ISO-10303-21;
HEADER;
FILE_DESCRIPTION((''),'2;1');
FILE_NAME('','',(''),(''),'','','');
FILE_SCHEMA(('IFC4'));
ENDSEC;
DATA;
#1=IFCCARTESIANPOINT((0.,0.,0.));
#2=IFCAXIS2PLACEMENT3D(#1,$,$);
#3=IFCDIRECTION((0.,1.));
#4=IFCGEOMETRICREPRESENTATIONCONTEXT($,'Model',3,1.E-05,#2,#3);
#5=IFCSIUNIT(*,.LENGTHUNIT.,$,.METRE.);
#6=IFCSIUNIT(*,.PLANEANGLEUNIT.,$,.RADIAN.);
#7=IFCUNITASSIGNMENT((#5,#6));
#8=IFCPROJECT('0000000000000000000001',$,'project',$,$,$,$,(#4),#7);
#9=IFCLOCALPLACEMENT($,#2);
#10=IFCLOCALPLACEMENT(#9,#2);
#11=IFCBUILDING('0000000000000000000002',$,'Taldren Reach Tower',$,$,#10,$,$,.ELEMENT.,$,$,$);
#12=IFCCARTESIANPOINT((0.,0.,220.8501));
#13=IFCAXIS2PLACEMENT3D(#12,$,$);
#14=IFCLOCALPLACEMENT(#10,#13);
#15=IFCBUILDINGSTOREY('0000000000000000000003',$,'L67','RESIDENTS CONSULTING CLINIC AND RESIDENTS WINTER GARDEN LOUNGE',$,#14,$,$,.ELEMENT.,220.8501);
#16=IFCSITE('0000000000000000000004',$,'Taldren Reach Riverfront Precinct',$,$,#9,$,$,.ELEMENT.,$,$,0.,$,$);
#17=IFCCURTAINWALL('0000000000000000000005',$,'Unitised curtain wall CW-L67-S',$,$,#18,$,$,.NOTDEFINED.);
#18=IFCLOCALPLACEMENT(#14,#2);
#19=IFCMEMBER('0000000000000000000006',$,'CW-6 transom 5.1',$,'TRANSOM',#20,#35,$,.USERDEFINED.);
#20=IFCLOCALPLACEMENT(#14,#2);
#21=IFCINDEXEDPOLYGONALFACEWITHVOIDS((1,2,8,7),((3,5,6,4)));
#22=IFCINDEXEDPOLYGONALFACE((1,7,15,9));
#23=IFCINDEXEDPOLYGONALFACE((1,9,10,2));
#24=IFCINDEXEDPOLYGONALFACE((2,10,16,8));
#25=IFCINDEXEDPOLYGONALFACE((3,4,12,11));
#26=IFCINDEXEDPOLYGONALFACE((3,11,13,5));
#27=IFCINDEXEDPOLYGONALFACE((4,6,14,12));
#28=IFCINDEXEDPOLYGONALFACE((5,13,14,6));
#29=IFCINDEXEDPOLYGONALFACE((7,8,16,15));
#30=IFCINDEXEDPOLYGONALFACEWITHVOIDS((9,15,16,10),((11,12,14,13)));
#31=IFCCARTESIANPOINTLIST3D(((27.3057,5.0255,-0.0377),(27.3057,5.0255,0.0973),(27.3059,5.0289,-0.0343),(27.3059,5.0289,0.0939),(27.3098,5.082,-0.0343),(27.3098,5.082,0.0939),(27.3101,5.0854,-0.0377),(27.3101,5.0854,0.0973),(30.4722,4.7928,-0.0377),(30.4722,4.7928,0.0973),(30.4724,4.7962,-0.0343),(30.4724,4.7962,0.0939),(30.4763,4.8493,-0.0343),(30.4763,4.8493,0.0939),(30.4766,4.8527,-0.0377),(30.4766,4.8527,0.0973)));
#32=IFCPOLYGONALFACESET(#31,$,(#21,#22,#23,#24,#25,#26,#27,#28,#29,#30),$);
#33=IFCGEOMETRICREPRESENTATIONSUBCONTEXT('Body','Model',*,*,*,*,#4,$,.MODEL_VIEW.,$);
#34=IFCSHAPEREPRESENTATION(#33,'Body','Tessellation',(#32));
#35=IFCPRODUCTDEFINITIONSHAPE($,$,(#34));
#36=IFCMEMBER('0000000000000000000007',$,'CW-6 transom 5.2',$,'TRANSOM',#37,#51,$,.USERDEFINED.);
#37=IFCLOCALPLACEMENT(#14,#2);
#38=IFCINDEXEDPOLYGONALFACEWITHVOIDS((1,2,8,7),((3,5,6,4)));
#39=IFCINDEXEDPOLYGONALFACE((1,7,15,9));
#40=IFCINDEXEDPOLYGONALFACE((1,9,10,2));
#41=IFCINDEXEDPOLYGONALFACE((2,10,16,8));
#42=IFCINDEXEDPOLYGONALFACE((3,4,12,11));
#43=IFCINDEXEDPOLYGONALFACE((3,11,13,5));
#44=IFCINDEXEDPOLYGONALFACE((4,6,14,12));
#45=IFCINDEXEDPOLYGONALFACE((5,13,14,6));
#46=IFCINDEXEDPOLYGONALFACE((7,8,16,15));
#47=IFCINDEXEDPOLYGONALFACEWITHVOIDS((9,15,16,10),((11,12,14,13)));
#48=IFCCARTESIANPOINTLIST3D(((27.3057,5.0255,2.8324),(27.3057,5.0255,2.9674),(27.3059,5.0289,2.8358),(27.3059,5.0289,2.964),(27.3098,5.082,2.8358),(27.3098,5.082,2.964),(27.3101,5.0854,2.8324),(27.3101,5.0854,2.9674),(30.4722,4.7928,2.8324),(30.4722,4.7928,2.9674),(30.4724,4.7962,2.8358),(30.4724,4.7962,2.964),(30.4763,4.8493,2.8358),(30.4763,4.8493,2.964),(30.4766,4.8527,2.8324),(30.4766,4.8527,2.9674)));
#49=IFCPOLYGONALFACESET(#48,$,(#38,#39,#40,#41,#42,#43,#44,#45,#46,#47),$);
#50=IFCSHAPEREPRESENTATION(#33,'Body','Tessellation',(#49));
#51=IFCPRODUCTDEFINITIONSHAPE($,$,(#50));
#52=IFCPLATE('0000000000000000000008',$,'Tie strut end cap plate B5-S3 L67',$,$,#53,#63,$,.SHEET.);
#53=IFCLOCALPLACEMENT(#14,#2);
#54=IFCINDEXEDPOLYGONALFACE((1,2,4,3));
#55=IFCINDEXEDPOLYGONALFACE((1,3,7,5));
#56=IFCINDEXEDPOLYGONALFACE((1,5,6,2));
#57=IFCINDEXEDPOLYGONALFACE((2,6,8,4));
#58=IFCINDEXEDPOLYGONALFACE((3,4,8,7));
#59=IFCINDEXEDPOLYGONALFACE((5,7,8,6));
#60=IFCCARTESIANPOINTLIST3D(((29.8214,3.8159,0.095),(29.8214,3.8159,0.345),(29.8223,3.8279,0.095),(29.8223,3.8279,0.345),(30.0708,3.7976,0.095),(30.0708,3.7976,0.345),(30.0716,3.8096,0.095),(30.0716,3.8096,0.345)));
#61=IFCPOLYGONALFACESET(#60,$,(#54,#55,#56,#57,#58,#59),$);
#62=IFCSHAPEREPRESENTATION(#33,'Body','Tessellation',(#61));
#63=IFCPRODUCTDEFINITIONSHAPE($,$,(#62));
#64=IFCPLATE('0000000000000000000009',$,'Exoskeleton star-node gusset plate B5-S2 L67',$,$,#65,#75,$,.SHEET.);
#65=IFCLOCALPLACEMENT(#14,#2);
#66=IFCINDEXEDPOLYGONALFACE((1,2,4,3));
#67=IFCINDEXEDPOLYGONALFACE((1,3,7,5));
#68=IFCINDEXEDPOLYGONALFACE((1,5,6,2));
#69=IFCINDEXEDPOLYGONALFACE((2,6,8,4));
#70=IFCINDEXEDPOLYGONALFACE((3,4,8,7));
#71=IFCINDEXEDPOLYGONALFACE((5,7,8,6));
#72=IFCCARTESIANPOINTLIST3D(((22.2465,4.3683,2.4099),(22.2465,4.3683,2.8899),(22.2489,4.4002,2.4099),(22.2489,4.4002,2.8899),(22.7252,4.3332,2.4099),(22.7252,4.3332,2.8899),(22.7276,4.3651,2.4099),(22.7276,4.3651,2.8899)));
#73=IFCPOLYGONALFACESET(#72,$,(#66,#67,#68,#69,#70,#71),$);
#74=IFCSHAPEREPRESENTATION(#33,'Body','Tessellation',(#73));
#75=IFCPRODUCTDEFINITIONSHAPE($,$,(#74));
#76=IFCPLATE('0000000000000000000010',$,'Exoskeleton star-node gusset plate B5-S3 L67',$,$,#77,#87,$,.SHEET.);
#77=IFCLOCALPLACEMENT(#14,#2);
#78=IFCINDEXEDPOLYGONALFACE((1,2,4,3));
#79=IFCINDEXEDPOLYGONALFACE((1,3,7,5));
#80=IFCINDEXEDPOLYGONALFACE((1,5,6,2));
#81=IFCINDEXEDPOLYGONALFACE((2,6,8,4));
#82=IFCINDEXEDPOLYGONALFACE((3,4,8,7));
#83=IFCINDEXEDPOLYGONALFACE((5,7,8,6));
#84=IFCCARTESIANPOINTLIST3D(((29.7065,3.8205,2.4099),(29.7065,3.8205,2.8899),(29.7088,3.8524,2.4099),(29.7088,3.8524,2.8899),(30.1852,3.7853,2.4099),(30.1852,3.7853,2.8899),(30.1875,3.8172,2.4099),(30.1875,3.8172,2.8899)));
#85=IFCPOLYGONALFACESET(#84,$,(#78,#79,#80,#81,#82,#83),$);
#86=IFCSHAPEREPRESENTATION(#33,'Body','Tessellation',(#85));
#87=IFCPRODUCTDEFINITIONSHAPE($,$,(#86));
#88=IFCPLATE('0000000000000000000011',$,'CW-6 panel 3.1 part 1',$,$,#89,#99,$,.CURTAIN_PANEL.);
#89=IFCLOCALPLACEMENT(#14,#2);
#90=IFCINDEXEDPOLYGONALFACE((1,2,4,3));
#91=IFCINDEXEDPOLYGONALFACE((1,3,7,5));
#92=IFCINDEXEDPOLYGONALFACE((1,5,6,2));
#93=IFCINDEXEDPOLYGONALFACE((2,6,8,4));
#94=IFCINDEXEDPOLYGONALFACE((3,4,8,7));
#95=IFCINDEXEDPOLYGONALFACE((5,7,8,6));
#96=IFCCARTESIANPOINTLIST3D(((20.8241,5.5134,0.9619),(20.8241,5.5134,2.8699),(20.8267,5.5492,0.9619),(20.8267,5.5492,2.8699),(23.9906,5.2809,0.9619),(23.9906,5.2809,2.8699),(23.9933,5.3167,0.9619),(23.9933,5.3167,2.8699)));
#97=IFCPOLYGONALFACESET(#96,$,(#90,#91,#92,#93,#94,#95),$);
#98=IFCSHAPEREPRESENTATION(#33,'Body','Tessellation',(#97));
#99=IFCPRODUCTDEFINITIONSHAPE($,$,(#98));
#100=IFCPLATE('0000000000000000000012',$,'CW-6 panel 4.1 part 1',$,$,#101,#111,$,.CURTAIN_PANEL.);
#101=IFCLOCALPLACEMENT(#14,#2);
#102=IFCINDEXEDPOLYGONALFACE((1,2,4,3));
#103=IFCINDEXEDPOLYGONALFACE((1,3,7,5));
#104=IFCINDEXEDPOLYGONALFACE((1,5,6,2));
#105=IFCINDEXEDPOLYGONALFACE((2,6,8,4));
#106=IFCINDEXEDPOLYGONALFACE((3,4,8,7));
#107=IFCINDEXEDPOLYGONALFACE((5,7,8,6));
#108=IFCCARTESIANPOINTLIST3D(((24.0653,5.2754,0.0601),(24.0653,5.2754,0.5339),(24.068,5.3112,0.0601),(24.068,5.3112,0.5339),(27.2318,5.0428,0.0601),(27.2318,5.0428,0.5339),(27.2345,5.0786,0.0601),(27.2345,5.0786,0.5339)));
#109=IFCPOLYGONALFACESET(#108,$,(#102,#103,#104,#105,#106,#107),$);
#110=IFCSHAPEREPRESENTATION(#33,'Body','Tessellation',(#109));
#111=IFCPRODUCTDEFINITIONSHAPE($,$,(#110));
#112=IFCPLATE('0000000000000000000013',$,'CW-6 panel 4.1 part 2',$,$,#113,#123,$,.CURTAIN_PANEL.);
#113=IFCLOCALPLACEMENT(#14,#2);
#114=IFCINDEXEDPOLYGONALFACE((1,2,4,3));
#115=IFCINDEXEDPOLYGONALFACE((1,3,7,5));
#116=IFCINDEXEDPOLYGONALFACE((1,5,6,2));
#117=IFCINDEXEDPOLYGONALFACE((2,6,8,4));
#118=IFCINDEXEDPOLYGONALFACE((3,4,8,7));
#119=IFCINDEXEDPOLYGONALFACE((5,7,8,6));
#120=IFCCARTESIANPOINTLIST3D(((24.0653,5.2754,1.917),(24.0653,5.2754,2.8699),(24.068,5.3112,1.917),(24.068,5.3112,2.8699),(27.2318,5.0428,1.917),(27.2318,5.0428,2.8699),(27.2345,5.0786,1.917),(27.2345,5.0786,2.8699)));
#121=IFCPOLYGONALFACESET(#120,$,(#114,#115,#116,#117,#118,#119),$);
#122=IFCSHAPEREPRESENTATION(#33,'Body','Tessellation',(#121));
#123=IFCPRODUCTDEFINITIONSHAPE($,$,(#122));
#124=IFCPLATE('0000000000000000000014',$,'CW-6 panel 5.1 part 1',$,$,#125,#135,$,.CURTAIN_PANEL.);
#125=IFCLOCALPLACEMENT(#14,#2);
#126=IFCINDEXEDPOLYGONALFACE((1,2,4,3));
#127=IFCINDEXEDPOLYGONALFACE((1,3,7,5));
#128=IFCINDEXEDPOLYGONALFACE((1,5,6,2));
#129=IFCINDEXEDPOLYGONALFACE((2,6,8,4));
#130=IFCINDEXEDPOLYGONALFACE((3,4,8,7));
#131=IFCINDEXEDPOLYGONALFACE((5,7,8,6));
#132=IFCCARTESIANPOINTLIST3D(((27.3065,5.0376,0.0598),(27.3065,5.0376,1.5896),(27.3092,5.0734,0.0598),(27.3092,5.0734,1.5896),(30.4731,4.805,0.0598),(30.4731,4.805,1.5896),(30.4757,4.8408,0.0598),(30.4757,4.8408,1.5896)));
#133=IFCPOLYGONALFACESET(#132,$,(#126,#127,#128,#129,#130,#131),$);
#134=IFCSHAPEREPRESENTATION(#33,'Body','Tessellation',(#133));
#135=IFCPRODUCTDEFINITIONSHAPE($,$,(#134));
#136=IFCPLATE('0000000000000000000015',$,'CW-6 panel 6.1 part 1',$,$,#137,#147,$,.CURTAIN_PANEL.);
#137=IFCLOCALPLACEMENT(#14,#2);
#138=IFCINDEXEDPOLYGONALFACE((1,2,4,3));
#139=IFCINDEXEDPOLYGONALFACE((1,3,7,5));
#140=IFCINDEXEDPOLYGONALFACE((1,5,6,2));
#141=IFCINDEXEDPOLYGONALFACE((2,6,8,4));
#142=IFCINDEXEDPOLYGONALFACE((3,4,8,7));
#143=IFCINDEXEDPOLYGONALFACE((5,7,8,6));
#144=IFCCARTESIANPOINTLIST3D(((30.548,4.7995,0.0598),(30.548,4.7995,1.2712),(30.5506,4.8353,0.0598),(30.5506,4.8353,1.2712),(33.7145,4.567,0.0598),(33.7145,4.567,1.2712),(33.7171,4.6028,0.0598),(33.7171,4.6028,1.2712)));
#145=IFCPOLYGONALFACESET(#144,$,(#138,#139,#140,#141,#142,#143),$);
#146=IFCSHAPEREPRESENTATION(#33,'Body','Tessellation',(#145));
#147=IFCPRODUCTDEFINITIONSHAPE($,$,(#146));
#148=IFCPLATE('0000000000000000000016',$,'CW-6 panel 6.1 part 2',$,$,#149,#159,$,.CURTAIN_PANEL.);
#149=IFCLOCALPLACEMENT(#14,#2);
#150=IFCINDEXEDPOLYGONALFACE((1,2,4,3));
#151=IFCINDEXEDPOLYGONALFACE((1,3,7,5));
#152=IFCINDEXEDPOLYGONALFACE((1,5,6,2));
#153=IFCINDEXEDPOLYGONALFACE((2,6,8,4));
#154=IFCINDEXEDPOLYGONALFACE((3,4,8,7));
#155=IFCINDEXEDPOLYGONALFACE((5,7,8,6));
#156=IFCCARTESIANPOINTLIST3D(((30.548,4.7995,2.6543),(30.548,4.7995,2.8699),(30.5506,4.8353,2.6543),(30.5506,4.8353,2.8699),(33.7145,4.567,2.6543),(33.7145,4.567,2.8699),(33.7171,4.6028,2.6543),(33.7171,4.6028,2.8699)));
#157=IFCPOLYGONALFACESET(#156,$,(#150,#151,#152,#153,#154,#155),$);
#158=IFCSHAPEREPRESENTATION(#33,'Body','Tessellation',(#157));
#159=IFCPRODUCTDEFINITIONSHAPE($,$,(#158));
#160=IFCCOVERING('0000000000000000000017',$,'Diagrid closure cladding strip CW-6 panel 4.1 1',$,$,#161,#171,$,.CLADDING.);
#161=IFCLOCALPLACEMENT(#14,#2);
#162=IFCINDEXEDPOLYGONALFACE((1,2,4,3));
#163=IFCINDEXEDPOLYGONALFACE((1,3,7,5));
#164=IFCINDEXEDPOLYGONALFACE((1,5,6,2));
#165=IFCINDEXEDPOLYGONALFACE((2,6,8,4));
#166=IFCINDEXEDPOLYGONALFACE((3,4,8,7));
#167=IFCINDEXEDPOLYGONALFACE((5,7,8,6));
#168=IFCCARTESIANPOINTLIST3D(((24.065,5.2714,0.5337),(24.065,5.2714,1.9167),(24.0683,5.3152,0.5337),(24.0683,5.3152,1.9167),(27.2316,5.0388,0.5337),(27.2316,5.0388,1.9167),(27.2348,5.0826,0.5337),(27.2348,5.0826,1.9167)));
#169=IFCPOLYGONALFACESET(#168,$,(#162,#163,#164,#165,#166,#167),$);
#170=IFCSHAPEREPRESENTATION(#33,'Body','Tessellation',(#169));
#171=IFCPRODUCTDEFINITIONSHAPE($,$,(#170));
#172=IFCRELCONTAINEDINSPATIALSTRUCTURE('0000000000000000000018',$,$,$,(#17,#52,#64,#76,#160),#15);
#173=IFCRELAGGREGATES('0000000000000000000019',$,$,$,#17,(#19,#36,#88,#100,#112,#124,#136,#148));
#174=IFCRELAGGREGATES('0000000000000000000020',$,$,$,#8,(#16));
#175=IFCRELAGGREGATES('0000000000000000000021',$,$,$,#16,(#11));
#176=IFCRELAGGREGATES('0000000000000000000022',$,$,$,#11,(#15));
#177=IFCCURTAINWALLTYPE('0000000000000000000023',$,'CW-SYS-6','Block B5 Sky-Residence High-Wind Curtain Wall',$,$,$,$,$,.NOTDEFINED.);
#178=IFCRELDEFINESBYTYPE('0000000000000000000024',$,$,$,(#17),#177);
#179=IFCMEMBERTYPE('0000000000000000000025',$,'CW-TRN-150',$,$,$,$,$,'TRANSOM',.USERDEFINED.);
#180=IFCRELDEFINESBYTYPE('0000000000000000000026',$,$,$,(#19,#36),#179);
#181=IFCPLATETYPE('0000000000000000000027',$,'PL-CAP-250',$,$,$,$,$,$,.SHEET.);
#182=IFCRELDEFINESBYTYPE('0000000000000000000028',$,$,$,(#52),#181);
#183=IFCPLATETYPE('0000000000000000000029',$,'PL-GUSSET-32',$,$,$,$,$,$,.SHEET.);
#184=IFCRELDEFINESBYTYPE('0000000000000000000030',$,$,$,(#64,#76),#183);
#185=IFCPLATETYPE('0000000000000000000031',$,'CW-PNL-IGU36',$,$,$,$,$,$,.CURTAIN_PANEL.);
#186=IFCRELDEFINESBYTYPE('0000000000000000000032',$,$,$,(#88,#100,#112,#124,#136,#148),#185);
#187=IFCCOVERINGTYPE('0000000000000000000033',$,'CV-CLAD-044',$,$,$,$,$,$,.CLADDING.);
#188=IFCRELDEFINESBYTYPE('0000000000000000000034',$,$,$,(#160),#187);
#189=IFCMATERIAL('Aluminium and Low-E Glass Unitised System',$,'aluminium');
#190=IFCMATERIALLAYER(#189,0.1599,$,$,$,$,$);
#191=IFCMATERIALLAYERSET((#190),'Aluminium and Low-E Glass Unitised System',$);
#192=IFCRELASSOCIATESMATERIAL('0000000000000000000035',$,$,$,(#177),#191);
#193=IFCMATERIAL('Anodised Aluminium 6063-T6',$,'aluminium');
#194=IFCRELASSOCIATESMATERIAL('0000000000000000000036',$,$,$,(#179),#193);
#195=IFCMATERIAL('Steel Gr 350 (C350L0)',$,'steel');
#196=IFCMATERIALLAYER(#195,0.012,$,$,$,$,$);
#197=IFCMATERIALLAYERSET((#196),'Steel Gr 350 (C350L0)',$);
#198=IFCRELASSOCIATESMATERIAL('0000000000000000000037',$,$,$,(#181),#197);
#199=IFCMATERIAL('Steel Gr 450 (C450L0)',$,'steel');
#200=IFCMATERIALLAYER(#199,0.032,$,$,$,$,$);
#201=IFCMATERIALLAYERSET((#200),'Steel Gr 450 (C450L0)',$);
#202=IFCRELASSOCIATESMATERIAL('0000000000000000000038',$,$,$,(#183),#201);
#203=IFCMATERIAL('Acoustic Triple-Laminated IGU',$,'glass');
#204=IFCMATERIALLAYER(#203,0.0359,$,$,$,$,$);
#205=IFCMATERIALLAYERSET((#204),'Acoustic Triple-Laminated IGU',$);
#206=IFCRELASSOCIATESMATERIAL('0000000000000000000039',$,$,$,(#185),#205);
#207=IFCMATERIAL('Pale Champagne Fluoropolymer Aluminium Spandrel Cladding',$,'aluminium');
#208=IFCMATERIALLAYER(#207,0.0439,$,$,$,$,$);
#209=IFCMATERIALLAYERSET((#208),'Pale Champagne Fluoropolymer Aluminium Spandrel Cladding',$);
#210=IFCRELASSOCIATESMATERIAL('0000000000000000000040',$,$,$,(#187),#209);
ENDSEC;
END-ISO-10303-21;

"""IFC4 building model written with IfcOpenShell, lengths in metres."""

from ifc_helpers import new_model, si_unit, direction, frame, origin, origin_2d, place, context, subcontext, project, spatial, rectangle, hollow_rectangle, extrude, source, transform, mapped, material, layer, layer_set, material_profile, profile_set, type_object, element, aggregate, save


model = new_model("IFC4")

# Units and contexts
model_context = context("Model", 3, precision=1e-05, world=origin(), true_north=direction((0.0, 1.0)))
body_context = subcontext(model_context, "Body", "Model", "MODEL_VIEW")
ifc_project = project(units=[si_unit("LENGTHUNIT", "METRE"), si_unit("PLANEANGLEUNIT", "RADIAN")], contexts=[model_context])

# Site, building, storey
site_placement = place(None, origin())
site = spatial("IfcSite", under=ifc_project, at=site_placement, Name="Taldren Reach Riverfront Precinct", CompositionType="ELEMENT", RefElevation=0.0)
building_placement = place(site_placement, origin())
building = spatial("IfcBuilding", under=site, at=building_placement, Name="Taldren Reach Tower", CompositionType="ELEMENT")
storey_placement = place(building_placement, frame((0.0, 0.0, 220.8501)))
storey = spatial("IfcBuildingStorey", under=building, at=storey_placement, Name="L67", Description="RESIDENTS CONSULTING CLINIC AND RESIDENTS WINTER GARDEN LOUNGE", CompositionType="ELEMENT", Elevation=220.8501)

# Shared definitions
ifc_material_1 = material(Name="Steel Gr 350 (C350L0)", Category="steel")
ifc_material_2 = material(Name="Steel Gr 450 (C450L0)", Category="steel")

# Curtain wall, members
ifc_material_3 = material(Name="Aluminium and Low-E Glass Unitised System", Category="aluminium")
ifc_layer_1 = layer(ifc_material_3, 0.1599)
ifc_layer_set_1 = layer_set([ifc_layer_1], Name="Aluminium and Low-E Glass Unitised System")
curtain_wall_type = type_object("IfcCurtainWallType", Name="CW-SYS-6", Description="Block B5 Sky-Residence High-Wind Curtain Wall", PredefinedType="NOTDEFINED", material=ifc_layer_set_1)
curtain_wall_placement = place(storey_placement, origin())
curtain_wall = element("IfcCurtainWall", 1, at=curtain_wall_placement, inside=storey, type_object=curtain_wall_type, Name="Unitised curtain wall CW-L67-S", PredefinedType="NOTDEFINED")
ifc_material_4 = material(Name="Anodised Aluminium 6063-T6", Category="aluminium")
ifc_material_profile_1 = material_profile(ifc_material_4, hollow_rectangle(XDim=0.0601, YDim=0.135, WallThickness=0.0034, at=origin_2d()), Name="ALU-135x60x3.5RHS")
ifc_profile_set_1 = profile_set([ifc_material_profile_1], Name="Anodised Aluminium 6063-T6")
member_type_1 = type_object("IfcMemberType", Name="CW-TRN-150", ElementType="TRANSOM", PredefinedType="USERDEFINED", material=ifc_profile_set_1)
shared_shape_1 = source(origin(), body_context, "Body", "SweptSolid", [
    extrude(hollow_rectangle(XDim=0.0601, YDim=0.135, WallThickness=0.0034, at=origin_2d()), origin(), (0.0, 0.0, 1.0), 3.175),
])
member_1_placement = place(storey_placement, frame((27.3079, 5.0554, 0.0298), z_axis=(0.997311, -0.07328, 0.0), x_axis=(0.07328, 0.997311, 0.0)))
member_1 = element("IfcMember", 2, at=member_1_placement, type_object=member_type_1, Name="CW-6 transom 5.1", ObjectType="TRANSOM", PredefinedType="USERDEFINED", context=body_context, shape_type="MappedRepresentation", body=[
    mapped(shared_shape_1, transform((0.0, 0.0, 0.0), scale=1.0)),
])
member_2_placement = place(storey_placement, frame((27.3079, 5.0554, 2.8999), z_axis=(0.997311, -0.07328, 0.0), x_axis=(0.07328, 0.997311, 0.0)))
member_2 = element("IfcMember", 3, at=member_2_placement, type_object=member_type_1, Name="CW-6 transom 5.2", ObjectType="TRANSOM", PredefinedType="USERDEFINED", context=body_context, shape_type="MappedRepresentation", body=[
    mapped(shared_shape_1, transform((0.0, 0.0, 0.0), scale=1.0)),
])

# Plates
ifc_layer_2 = layer(ifc_material_1, 0.012)
ifc_layer_set_2 = layer_set([ifc_layer_2], Name="Steel Gr 350 (C350L0)")
plate_type_1 = type_object("IfcPlateType", Name="PL-CAP-250", PredefinedType="SHEET", material=ifc_layer_set_2)
shared_shape_2 = source(origin(), body_context, "Body", "SweptSolid", [
    extrude(rectangle(XDim=0.25, YDim=0.012, at=origin_2d()), origin(), (0.0, 0.0, 1.0), 0.25),
])
plate_1_placement = place(storey_placement, frame((29.9465, 3.8127, 0.095), z_axis=(0.0, 0.0, 1.0), x_axis=(0.997314, -0.073238, 0.0)))
element("IfcPlate", 4, at=plate_1_placement, inside=storey, type_object=plate_type_1, Name="Tie strut end cap plate B5-S3 L67", PredefinedType="SHEET", context=body_context, shape_type="MappedRepresentation", body=[
    mapped(shared_shape_2, transform((0.0, 0.0, 0.0), scale=1.0)),
])
ifc_layer_3 = layer(ifc_material_2, 0.032)
ifc_layer_set_3 = layer_set([ifc_layer_3], Name="Steel Gr 450 (C450L0)")
plate_type_2 = type_object("IfcPlateType", Name="PL-GUSSET-32", PredefinedType="SHEET", material=ifc_layer_set_3)
shared_shape_3 = source(origin(), body_context, "Body", "SweptSolid", [
    extrude(rectangle(XDim=0.48, YDim=0.032, at=origin_2d()), origin(), (0.0, 0.0, 1.0), 0.48),
])
for number, where, z_axis, x_axis, name in (
    (5, (22.4871, 4.3667, 2.4099), (0.0, 0.0, 1.0), (0.997314, -0.073238, 0.0), "Exoskeleton star-node gusset plate B5-S2 L67"),
    (6, (29.947, 3.8188, 2.4099), (0.0, 0.0, 1.0), (0.997314, -0.073238, 0.0), "Exoskeleton star-node gusset plate B5-S3 L67"),
):
    element("IfcPlate", number, at=place(storey_placement, frame(where, z_axis=z_axis, x_axis=x_axis)), inside=storey, type_object=plate_type_2, Name=name, PredefinedType="SHEET", context=body_context, shape_type="MappedRepresentation", body=[
        mapped(shared_shape_3, transform((0.0, 0.0, 0.0), scale=1.0)),
    ])

# Plates
ifc_material_5 = material(Name="Acoustic Triple-Laminated IGU", Category="glass")
ifc_layer_4 = layer(ifc_material_5, 0.0359)
ifc_layer_set_4 = layer_set([ifc_layer_4], Name="Acoustic Triple-Laminated IGU")
plate_type_3 = type_object("IfcPlateType", Name="CW-PNL-IGU36", PredefinedType="CURTAIN_PANEL", material=ifc_layer_set_4)
shared_shape_4 = source(origin(), body_context, "Body", "SweptSolid", [
    extrude(rectangle(XDim=3.175, YDim=0.0359, at=origin_2d()), origin(), (0.0, 0.0, 1.0), 1.908),
])
plate_2_placement = place(storey_placement, frame((22.4087, 5.415, 0.9619), z_axis=(0.0, 0.0, 1.0), x_axis=(0.997314, -0.073238, 0.0)))
plate_2 = element("IfcPlate", 7, at=plate_2_placement, type_object=plate_type_3, Name="CW-6 panel 3.1 part 1", PredefinedType="CURTAIN_PANEL", context=body_context, shape_type="MappedRepresentation", body=[
    mapped(shared_shape_4, transform((0.0, 0.0, 0.0), scale=1.0)),
])
shared_shape_5 = source(origin(), body_context, "Body", "SweptSolid", [
    extrude(rectangle(XDim=3.175, YDim=0.0359, at=origin_2d()), origin(), (0.0, 0.0, 1.0), 0.4739),
])
plate_3_placement = place(storey_placement, frame((25.6499, 5.177, 0.0601), z_axis=(0.0, 0.0, 1.0), x_axis=(0.997314, -0.073238, 0.0)))
plate_3 = element("IfcPlate", 8, at=plate_3_placement, type_object=plate_type_3, Name="CW-6 panel 4.1 part 1", PredefinedType="CURTAIN_PANEL", context=body_context, shape_type="MappedRepresentation", body=[
    mapped(shared_shape_5, transform((0.0, 0.0, 0.0), scale=1.0)),
])
shared_shape_6 = source(origin(), body_context, "Body", "SweptSolid", [
    extrude(rectangle(XDim=3.175, YDim=0.0359, at=origin_2d()), origin(), (0.0, 0.0, 1.0), 0.9529),
])
plate_4_placement = place(storey_placement, frame((25.6499, 5.177, 1.917), z_axis=(0.0, 0.0, 1.0), x_axis=(0.997314, -0.073238, 0.0)))
plate_4 = element("IfcPlate", 9, at=plate_4_placement, type_object=plate_type_3, Name="CW-6 panel 4.1 part 2", PredefinedType="CURTAIN_PANEL", context=body_context, shape_type="MappedRepresentation", body=[
    mapped(shared_shape_6, transform((0.0, 0.0, 0.0), scale=1.0)),
])
shared_shape_7 = source(origin(), body_context, "Body", "SweptSolid", [
    extrude(rectangle(XDim=3.175, YDim=0.0359, at=origin_2d()), origin(), (0.0, 0.0, 1.0), 1.5298),
])
plate_5_placement = place(storey_placement, frame((28.8911, 4.9392, 0.0598), z_axis=(0.0, 0.0, 1.0), x_axis=(0.997314, -0.073238, 0.0)))
plate_5 = element("IfcPlate", 10, at=plate_5_placement, type_object=plate_type_3, Name="CW-6 panel 5.1 part 1", PredefinedType="CURTAIN_PANEL", context=body_context, shape_type="MappedRepresentation", body=[
    mapped(shared_shape_7, transform((0.0, 0.0, 0.0), scale=1.0)),
])
shared_shape_8 = source(origin(), body_context, "Body", "SweptSolid", [
    extrude(rectangle(XDim=3.175, YDim=0.0359, at=origin_2d()), origin(), (0.0, 0.0, 1.0), 1.2114),
])
plate_6_placement = place(storey_placement, frame((32.1326, 4.7012, 0.0598), z_axis=(0.0, 0.0, 1.0), x_axis=(0.997314, -0.073238, 0.0)))
plate_6 = element("IfcPlate", 11, at=plate_6_placement, type_object=plate_type_3, Name="CW-6 panel 6.1 part 1", PredefinedType="CURTAIN_PANEL", context=body_context, shape_type="MappedRepresentation", body=[
    mapped(shared_shape_8, transform((0.0, 0.0, 0.0), scale=1.0)),
])
shared_shape_9 = source(origin(), body_context, "Body", "SweptSolid", [
    extrude(rectangle(XDim=3.175, YDim=0.0359, at=origin_2d()), origin(), (0.0, 0.0, 1.0), 0.2156),
])
plate_7_placement = place(storey_placement, frame((32.1326, 4.7012, 2.6543), z_axis=(0.0, 0.0, 1.0), x_axis=(0.997314, -0.073238, 0.0)))
plate_7 = element("IfcPlate", 12, at=plate_7_placement, type_object=plate_type_3, Name="CW-6 panel 6.1 part 2", PredefinedType="CURTAIN_PANEL", context=body_context, shape_type="MappedRepresentation", body=[
    mapped(shared_shape_9, transform((0.0, 0.0, 0.0), scale=1.0)),
])
aggregate(curtain_wall, [member_1, member_2, plate_2, plate_3, plate_4, plate_5, plate_6, plate_7])

# Covering
ifc_material_6 = material(Name="Pale Champagne Fluoropolymer Aluminium Spandrel Cladding", Category="aluminium")
ifc_layer_5 = layer(ifc_material_6, 0.0439)
ifc_layer_set_5 = layer_set([ifc_layer_5], Name="Pale Champagne Fluoropolymer Aluminium Spandrel Cladding")
covering_type = type_object("IfcCoveringType", Name="CV-CLAD-044", PredefinedType="CLADDING", material=ifc_layer_set_5)
shared_shape_10 = source(origin(), body_context, "Body", "SweptSolid", [
    extrude(rectangle(XDim=3.175, YDim=0.0439, at=origin_2d()), origin(), (0.0, 0.0, 1.0), 1.3831),
])
for number, where, z_axis, x_axis, name in (
    (13, (25.6499, 5.177, 0.5337), (0.0, 0.0, 1.0), (0.997314, -0.073238, 0.0), "Diagrid closure cladding strip CW-6 panel 4.1 1"),
):
    element("IfcCovering", number, at=place(storey_placement, frame(where, z_axis=z_axis, x_axis=x_axis)), inside=storey, type_object=covering_type, Name=name, PredefinedType="CLADDING", context=body_context, shape_type="MappedRepresentation", body=[
        mapped(shared_shape_10, transform((0.0, 0.0, 0.0), scale=1.0)),
    ])

save(model, "model.ifc")
